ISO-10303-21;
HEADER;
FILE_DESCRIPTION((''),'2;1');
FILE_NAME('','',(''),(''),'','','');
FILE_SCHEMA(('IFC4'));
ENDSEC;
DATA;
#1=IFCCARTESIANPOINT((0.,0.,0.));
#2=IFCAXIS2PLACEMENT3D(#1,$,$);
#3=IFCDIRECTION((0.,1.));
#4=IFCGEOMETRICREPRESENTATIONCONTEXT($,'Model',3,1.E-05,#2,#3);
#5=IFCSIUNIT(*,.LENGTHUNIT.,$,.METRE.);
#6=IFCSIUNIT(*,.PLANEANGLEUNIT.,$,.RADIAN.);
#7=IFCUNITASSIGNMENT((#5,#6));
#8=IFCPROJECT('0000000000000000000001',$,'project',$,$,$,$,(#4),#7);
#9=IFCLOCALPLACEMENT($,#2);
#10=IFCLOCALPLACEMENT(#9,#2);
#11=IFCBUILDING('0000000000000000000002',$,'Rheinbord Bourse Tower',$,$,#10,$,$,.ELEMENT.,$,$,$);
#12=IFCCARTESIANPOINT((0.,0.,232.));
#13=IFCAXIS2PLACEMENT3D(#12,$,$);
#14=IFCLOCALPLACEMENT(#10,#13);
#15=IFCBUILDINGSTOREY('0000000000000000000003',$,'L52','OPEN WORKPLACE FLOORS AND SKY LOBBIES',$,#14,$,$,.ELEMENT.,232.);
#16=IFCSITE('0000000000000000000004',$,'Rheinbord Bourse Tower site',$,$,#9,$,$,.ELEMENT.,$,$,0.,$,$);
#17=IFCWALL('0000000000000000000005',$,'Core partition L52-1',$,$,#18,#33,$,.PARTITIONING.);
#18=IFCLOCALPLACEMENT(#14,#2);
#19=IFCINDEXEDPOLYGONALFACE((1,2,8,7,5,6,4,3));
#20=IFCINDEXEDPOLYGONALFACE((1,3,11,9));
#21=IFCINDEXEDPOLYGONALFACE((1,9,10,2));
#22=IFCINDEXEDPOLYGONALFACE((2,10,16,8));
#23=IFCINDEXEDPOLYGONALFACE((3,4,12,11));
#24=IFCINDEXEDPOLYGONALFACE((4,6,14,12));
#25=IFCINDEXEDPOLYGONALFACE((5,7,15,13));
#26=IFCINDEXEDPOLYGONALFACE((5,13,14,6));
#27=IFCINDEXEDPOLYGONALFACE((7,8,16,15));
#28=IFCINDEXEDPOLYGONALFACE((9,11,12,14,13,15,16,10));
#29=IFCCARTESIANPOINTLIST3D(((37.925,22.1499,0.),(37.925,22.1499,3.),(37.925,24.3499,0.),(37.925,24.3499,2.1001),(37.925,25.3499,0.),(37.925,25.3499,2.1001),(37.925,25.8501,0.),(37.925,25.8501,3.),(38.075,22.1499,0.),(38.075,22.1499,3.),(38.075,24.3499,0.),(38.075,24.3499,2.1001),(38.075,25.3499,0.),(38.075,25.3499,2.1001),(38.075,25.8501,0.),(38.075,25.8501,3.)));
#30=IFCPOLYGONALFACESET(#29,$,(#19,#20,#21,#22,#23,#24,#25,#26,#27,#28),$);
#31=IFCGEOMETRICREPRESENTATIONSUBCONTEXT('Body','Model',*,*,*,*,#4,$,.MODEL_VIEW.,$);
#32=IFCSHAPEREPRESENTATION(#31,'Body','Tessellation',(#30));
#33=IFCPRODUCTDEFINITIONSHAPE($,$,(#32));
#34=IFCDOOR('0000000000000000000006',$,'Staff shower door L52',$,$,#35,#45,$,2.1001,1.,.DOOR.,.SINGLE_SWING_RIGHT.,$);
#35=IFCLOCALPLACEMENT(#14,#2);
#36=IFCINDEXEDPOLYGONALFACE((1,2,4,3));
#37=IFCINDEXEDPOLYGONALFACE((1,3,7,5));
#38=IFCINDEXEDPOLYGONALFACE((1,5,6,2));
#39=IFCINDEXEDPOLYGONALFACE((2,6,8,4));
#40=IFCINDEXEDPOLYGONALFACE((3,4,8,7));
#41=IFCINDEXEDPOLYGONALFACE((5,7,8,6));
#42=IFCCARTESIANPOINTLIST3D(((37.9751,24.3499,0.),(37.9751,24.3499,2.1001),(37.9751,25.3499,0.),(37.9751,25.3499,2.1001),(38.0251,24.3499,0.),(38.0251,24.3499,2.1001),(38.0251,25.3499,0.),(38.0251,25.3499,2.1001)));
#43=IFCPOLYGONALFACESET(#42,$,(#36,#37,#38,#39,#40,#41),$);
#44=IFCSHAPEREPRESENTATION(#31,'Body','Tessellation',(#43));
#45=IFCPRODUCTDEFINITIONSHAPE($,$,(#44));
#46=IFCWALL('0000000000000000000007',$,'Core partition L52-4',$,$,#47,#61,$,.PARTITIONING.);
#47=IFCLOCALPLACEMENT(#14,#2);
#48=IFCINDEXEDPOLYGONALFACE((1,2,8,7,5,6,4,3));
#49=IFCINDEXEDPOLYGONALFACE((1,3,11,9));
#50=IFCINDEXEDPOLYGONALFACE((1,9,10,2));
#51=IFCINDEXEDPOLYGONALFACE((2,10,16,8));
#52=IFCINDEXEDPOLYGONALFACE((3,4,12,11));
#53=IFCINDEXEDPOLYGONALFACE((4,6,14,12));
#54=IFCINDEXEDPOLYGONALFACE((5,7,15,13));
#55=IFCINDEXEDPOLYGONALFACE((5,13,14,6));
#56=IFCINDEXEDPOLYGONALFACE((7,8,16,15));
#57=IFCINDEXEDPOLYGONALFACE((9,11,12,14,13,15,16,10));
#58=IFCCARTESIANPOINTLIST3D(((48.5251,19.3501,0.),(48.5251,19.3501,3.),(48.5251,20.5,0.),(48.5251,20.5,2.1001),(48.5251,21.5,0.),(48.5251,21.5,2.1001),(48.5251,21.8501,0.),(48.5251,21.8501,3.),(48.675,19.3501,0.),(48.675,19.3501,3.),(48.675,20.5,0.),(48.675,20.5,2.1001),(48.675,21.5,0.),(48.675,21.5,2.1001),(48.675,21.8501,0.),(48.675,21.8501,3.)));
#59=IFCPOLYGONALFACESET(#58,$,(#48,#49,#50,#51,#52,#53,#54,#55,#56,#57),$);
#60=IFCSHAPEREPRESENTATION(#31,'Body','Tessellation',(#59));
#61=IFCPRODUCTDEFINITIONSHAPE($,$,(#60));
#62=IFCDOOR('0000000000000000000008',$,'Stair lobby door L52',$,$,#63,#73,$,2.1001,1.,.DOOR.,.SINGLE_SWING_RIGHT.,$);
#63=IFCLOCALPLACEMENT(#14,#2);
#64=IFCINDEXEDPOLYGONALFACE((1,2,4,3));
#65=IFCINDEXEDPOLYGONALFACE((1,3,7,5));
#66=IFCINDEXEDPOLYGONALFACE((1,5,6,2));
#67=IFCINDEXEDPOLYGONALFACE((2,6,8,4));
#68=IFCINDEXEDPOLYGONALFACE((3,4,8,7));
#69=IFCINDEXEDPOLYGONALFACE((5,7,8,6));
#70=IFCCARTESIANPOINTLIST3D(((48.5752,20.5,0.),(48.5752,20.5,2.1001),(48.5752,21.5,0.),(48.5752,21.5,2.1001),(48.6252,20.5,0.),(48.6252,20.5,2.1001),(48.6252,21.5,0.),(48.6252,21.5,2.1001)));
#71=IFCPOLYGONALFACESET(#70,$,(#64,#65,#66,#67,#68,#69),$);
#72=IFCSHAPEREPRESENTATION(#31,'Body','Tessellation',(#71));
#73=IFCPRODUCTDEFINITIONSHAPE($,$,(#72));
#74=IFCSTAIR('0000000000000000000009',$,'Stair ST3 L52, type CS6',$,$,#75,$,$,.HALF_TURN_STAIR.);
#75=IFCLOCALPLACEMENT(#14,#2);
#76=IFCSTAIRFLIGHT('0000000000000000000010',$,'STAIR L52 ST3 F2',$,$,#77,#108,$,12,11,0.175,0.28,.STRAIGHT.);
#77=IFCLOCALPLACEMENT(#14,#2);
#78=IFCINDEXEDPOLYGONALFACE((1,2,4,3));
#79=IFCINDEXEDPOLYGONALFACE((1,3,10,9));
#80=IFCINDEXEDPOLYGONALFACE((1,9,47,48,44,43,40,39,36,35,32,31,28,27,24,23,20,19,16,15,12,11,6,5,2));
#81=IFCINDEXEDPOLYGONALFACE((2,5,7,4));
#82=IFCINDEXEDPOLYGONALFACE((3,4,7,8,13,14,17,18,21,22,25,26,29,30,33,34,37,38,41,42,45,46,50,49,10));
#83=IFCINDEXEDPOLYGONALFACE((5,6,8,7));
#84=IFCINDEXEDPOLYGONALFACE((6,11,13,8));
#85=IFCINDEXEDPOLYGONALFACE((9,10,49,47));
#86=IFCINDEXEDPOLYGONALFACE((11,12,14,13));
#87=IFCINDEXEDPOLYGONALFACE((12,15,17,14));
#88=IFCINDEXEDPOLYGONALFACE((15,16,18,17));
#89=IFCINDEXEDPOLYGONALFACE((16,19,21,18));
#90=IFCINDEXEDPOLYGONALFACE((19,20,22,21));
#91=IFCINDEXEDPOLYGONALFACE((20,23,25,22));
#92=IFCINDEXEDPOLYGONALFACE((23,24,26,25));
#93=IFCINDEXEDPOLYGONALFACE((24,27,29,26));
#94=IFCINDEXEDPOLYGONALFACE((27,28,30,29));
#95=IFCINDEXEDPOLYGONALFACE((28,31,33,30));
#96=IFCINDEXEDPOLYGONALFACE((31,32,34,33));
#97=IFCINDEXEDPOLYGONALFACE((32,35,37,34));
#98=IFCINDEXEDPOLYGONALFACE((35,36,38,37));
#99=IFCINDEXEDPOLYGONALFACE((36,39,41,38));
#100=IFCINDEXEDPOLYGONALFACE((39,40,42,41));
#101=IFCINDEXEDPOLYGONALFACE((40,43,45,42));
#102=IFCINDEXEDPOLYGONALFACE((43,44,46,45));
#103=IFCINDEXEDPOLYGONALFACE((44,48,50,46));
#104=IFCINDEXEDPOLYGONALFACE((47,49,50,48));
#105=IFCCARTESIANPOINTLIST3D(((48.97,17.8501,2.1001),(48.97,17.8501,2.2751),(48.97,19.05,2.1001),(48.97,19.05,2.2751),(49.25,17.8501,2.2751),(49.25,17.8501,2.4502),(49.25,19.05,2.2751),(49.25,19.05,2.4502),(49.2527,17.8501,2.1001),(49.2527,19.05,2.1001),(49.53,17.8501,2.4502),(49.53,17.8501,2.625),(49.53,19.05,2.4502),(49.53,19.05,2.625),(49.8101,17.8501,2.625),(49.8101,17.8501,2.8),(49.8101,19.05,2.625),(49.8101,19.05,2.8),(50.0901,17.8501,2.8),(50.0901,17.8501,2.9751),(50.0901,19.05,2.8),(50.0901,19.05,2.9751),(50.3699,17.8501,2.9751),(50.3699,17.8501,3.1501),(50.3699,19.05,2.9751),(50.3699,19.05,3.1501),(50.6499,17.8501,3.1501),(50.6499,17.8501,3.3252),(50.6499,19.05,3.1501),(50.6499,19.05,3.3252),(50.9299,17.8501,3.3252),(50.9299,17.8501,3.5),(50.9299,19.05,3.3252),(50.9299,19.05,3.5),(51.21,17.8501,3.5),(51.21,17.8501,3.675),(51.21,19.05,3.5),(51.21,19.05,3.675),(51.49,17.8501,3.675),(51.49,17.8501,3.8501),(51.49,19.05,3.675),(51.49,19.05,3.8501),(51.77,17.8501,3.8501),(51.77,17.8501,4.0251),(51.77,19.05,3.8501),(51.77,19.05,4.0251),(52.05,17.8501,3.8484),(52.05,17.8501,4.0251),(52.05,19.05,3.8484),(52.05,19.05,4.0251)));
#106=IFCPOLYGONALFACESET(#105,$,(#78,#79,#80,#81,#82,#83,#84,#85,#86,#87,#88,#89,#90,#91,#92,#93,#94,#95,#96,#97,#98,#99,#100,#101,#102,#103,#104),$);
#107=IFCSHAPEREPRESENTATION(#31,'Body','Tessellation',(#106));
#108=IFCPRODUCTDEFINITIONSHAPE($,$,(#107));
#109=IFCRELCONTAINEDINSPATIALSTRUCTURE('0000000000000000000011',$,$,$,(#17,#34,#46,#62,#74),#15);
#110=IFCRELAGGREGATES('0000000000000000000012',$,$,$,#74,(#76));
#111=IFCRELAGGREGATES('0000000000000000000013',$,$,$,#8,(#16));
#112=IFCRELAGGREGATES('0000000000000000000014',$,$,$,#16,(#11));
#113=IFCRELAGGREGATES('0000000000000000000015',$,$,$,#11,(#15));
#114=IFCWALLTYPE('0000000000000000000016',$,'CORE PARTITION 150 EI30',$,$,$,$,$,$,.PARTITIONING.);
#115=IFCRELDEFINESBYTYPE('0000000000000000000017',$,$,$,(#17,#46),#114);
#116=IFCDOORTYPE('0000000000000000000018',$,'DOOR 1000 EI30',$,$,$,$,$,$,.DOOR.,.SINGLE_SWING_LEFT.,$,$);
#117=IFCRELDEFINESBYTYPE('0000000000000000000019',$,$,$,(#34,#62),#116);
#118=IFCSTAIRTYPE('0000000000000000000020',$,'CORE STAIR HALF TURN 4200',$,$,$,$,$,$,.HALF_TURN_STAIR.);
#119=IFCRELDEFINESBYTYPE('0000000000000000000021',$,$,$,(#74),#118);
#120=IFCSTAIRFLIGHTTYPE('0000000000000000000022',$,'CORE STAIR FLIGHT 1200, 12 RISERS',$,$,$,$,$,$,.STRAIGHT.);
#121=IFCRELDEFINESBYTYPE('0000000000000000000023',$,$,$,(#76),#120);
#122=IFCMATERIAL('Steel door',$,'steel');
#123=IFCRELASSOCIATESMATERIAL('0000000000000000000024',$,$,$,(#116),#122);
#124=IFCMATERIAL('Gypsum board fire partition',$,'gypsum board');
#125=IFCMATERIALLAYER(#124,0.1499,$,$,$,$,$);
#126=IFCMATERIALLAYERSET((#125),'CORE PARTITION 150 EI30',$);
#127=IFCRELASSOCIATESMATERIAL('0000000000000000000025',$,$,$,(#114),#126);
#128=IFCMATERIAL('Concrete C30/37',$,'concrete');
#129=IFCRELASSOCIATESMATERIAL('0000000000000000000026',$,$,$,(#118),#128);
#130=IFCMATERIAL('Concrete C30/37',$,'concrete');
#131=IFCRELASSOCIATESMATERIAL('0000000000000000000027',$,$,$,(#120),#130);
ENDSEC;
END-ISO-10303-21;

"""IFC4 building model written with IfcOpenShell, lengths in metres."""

from ifc_helpers import new_model, si_unit, direction, frame, frame_2d, origin, place, context, subcontext, project, spatial, polyline, rectangle, outline, extrude, material, layer, layer_set, type_object, element, fill, aggregate, save


model = new_model("IFC4")

# Units and contexts
model_context = context("Model", 3, precision=1e-05, world=origin(), true_north=direction((0.0, 1.0)))
body_context = subcontext(model_context, "Body", "Model", "MODEL_VIEW")
ifc_project = project(units=[si_unit("LENGTHUNIT", "METRE"), si_unit("PLANEANGLEUNIT", "RADIAN")], contexts=[model_context])

# Site, building, storey
site_placement = place(None, origin())
site = spatial("IfcSite", under=ifc_project, at=site_placement, Name="Rheinbord Bourse Tower site", CompositionType="ELEMENT", RefElevation=0.0)
building_placement = place(site_placement, origin())
building = spatial("IfcBuilding", under=site, at=building_placement, Name="Rheinbord Bourse Tower", CompositionType="ELEMENT")
storey_placement = place(building_placement, frame((0.0, 0.0, 232.0)))
storey = spatial("IfcBuildingStorey", under=building, at=storey_placement, Name="L52", Description="OPEN WORKPLACE FLOORS AND SKY LOBBIES", CompositionType="ELEMENT", Elevation=232.0)

# Shared definitions
ifc_material_1 = material(Name="Steel door", Category="steel")
door_type_1 = type_object("IfcDoorType", Name="DOOR 1000 EI30", OperationType="SINGLE_SWING_LEFT", PredefinedType="DOOR", material=ifc_material_1)

# Walls, openings, doors
ifc_material_2 = material(Name="Gypsum board fire partition", Category="gypsum board")
ifc_layer_1 = layer(ifc_material_2, 0.1499)
ifc_layer_set_1 = layer_set([ifc_layer_1], Name="CORE PARTITION 150 EI30")
wall_type_1 = type_object("IfcWallType", Name="CORE PARTITION 150 EI30", PredefinedType="PARTITIONING", material=ifc_layer_set_1)
wall_1_placement = place(storey_placement, frame((38.0, 22.1499, 0.0), z_axis=(0.0, 0.0, 1.0), x_axis=(0.0, 1.0, 0.0)))
wall_1 = element("IfcWall", 1, at=wall_1_placement, inside=storey, type_object=wall_type_1, Name="Core partition L52-1", PredefinedType="PARTITIONING", context=body_context, shape_type="SweptSolid", body=[
    extrude(rectangle(XDim=3.7002, YDim=0.1499, at=frame_2d((1.8501, 0.0))), origin(), (0.0, 0.0, 1.0), 3.0),
])
opening_1_placement = place(wall_1_placement, frame((2.2, 0.0, 0.0)))
opening_1 = element("IfcOpeningElement", 2, at=opening_1_placement, cuts=wall_1, PredefinedType="OPENING", context=body_context, shape_type="SweptSolid", body=[
    extrude(rectangle(XDim=1.0, YDim=2.1001, at=frame_2d((0.5, 1.05))), frame((0.0, 0.085, 0.0), z_axis=(0.0, -1.0, 0.0), x_axis=(1.0, 0.0, 0.0)), (0.0, 0.0, 1.0), 0.1699),
])
door_1_placement = place(opening_1_placement, origin())
door_1 = element("IfcDoor", 3, at=door_1_placement, inside=storey, type_object=door_type_1, Name="Staff shower door L52", OperationType="SINGLE_SWING_RIGHT", OverallHeight=2.1001, OverallWidth=1.0, PredefinedType="DOOR", context=body_context, shape_type="SweptSolid", body=[
    extrude(rectangle(XDim=1.0, YDim=2.1001, at=frame_2d((0.5, 1.05))), frame((0.0, 0.0249, 0.0), z_axis=(0.0, -1.0, 0.0), x_axis=(1.0, 0.0, 0.0)), (0.0, 0.0, 1.0), 0.05),
])
fill(opening_1, door_1)
wall_2_placement = place(storey_placement, frame((48.6001, 19.3501, 0.0), z_axis=(0.0, 0.0, 1.0), x_axis=(0.0, 1.0, 0.0)))
wall_2 = element("IfcWall", 4, at=wall_2_placement, inside=storey, type_object=wall_type_1, Name="Core partition L52-4", PredefinedType="PARTITIONING", context=body_context, shape_type="SweptSolid", body=[
    extrude(rectangle(XDim=2.5, YDim=0.1499, at=frame_2d((1.25, 0.0))), origin(), (0.0, 0.0, 1.0), 3.0),
])
opening_2_placement = place(wall_2_placement, frame((1.1499, 0.0, 0.0)))
opening_2 = element("IfcOpeningElement", 5, at=opening_2_placement, cuts=wall_2, PredefinedType="OPENING", context=body_context, shape_type="SweptSolid", body=[
    extrude(rectangle(XDim=1.0, YDim=2.1001, at=frame_2d((0.5, 1.05))), frame((0.0, 0.085, 0.0), z_axis=(0.0, -1.0, 0.0), x_axis=(1.0, 0.0, 0.0)), (0.0, 0.0, 1.0), 0.1699),
])
door_2_placement = place(opening_2_placement, origin())
door_2 = element("IfcDoor", 6, at=door_2_placement, inside=storey, type_object=door_type_1, Name="Stair lobby door L52", OperationType="SINGLE_SWING_RIGHT", OverallHeight=2.1001, OverallWidth=1.0, PredefinedType="DOOR", context=body_context, shape_type="SweptSolid", body=[
    extrude(rectangle(XDim=1.0, YDim=2.1001, at=frame_2d((0.5, 1.05))), frame((0.0, 0.0249, 0.0), z_axis=(0.0, -1.0, 0.0), x_axis=(1.0, 0.0, 0.0)), (0.0, 0.0, 1.0), 0.05),
])
fill(opening_2, door_2)

# Stair, stair flight
ifc_material_3 = material(Name="Concrete C30/37", Category="concrete")
stair_type = type_object("IfcStairType", Name="CORE STAIR HALF TURN 4200", PredefinedType="HALF_TURN_STAIR", material=ifc_material_3)
stair_placement = place(storey_placement, origin())
stair = element("IfcStair", 7, at=stair_placement, inside=storey, type_object=stair_type, Name="Stair ST3 L52, type CS6", PredefinedType="HALF_TURN_STAIR")
ifc_material_4 = material(Name="Concrete C30/37", Category="concrete")
stair_flight_type = type_object("IfcStairFlightType", Name="CORE STAIR FLIGHT 1200, 12 RISERS", PredefinedType="STRAIGHT", material=ifc_material_4)
stair_flight_placement = place(storey_placement, frame((48.97, 18.45, 2.1001), z_axis=(0.0, 0.0, 1.0), x_axis=(1.0, 0.0, 0.0)))
stair_flight = element("IfcStairFlight", 8, at=stair_flight_placement, type_object=stair_flight_type, Name="STAIR L52 ST3 F2", NumberOfRisers=12, NumberOfTreads=11, PredefinedType="STRAIGHT", RiserHeight=0.175, TreadLength=0.28, context=body_context, shape_type="SweptSolid", body=[
    extrude(outline(polyline([(0.0, 0.0), (0.0, 0.175), (0.28, 0.175), (0.28, 0.3501), (0.5601, 0.3501), (0.5601, 0.5249), (0.8401, 0.5249), (0.8401, 0.7), (1.1201, 0.7), (1.1201, 0.875), (1.3999, 0.875), (1.3999, 1.05), (1.6799, 1.05), (1.6799, 1.2251), (1.96, 1.2251), (1.96, 1.3999), (2.24, 1.3999), (2.24, 1.575), (2.52, 1.575), (2.52, 1.75), (2.8, 1.75), (2.8, 1.925), (3.0801, 1.925), (3.0801, 2.1001), (3.0801, 1.7483), (0.2827, 0.0), (0.0, 0.0)])), frame((0.0, 0.6001, 0.0), z_axis=(0.0, -1.0, 0.0), x_axis=(1.0, 0.0, 0.0)), (0.0, 0.0, 1.0), 1.2),
])
aggregate(stair, [stair_flight])

save(model, "model.ifc")
